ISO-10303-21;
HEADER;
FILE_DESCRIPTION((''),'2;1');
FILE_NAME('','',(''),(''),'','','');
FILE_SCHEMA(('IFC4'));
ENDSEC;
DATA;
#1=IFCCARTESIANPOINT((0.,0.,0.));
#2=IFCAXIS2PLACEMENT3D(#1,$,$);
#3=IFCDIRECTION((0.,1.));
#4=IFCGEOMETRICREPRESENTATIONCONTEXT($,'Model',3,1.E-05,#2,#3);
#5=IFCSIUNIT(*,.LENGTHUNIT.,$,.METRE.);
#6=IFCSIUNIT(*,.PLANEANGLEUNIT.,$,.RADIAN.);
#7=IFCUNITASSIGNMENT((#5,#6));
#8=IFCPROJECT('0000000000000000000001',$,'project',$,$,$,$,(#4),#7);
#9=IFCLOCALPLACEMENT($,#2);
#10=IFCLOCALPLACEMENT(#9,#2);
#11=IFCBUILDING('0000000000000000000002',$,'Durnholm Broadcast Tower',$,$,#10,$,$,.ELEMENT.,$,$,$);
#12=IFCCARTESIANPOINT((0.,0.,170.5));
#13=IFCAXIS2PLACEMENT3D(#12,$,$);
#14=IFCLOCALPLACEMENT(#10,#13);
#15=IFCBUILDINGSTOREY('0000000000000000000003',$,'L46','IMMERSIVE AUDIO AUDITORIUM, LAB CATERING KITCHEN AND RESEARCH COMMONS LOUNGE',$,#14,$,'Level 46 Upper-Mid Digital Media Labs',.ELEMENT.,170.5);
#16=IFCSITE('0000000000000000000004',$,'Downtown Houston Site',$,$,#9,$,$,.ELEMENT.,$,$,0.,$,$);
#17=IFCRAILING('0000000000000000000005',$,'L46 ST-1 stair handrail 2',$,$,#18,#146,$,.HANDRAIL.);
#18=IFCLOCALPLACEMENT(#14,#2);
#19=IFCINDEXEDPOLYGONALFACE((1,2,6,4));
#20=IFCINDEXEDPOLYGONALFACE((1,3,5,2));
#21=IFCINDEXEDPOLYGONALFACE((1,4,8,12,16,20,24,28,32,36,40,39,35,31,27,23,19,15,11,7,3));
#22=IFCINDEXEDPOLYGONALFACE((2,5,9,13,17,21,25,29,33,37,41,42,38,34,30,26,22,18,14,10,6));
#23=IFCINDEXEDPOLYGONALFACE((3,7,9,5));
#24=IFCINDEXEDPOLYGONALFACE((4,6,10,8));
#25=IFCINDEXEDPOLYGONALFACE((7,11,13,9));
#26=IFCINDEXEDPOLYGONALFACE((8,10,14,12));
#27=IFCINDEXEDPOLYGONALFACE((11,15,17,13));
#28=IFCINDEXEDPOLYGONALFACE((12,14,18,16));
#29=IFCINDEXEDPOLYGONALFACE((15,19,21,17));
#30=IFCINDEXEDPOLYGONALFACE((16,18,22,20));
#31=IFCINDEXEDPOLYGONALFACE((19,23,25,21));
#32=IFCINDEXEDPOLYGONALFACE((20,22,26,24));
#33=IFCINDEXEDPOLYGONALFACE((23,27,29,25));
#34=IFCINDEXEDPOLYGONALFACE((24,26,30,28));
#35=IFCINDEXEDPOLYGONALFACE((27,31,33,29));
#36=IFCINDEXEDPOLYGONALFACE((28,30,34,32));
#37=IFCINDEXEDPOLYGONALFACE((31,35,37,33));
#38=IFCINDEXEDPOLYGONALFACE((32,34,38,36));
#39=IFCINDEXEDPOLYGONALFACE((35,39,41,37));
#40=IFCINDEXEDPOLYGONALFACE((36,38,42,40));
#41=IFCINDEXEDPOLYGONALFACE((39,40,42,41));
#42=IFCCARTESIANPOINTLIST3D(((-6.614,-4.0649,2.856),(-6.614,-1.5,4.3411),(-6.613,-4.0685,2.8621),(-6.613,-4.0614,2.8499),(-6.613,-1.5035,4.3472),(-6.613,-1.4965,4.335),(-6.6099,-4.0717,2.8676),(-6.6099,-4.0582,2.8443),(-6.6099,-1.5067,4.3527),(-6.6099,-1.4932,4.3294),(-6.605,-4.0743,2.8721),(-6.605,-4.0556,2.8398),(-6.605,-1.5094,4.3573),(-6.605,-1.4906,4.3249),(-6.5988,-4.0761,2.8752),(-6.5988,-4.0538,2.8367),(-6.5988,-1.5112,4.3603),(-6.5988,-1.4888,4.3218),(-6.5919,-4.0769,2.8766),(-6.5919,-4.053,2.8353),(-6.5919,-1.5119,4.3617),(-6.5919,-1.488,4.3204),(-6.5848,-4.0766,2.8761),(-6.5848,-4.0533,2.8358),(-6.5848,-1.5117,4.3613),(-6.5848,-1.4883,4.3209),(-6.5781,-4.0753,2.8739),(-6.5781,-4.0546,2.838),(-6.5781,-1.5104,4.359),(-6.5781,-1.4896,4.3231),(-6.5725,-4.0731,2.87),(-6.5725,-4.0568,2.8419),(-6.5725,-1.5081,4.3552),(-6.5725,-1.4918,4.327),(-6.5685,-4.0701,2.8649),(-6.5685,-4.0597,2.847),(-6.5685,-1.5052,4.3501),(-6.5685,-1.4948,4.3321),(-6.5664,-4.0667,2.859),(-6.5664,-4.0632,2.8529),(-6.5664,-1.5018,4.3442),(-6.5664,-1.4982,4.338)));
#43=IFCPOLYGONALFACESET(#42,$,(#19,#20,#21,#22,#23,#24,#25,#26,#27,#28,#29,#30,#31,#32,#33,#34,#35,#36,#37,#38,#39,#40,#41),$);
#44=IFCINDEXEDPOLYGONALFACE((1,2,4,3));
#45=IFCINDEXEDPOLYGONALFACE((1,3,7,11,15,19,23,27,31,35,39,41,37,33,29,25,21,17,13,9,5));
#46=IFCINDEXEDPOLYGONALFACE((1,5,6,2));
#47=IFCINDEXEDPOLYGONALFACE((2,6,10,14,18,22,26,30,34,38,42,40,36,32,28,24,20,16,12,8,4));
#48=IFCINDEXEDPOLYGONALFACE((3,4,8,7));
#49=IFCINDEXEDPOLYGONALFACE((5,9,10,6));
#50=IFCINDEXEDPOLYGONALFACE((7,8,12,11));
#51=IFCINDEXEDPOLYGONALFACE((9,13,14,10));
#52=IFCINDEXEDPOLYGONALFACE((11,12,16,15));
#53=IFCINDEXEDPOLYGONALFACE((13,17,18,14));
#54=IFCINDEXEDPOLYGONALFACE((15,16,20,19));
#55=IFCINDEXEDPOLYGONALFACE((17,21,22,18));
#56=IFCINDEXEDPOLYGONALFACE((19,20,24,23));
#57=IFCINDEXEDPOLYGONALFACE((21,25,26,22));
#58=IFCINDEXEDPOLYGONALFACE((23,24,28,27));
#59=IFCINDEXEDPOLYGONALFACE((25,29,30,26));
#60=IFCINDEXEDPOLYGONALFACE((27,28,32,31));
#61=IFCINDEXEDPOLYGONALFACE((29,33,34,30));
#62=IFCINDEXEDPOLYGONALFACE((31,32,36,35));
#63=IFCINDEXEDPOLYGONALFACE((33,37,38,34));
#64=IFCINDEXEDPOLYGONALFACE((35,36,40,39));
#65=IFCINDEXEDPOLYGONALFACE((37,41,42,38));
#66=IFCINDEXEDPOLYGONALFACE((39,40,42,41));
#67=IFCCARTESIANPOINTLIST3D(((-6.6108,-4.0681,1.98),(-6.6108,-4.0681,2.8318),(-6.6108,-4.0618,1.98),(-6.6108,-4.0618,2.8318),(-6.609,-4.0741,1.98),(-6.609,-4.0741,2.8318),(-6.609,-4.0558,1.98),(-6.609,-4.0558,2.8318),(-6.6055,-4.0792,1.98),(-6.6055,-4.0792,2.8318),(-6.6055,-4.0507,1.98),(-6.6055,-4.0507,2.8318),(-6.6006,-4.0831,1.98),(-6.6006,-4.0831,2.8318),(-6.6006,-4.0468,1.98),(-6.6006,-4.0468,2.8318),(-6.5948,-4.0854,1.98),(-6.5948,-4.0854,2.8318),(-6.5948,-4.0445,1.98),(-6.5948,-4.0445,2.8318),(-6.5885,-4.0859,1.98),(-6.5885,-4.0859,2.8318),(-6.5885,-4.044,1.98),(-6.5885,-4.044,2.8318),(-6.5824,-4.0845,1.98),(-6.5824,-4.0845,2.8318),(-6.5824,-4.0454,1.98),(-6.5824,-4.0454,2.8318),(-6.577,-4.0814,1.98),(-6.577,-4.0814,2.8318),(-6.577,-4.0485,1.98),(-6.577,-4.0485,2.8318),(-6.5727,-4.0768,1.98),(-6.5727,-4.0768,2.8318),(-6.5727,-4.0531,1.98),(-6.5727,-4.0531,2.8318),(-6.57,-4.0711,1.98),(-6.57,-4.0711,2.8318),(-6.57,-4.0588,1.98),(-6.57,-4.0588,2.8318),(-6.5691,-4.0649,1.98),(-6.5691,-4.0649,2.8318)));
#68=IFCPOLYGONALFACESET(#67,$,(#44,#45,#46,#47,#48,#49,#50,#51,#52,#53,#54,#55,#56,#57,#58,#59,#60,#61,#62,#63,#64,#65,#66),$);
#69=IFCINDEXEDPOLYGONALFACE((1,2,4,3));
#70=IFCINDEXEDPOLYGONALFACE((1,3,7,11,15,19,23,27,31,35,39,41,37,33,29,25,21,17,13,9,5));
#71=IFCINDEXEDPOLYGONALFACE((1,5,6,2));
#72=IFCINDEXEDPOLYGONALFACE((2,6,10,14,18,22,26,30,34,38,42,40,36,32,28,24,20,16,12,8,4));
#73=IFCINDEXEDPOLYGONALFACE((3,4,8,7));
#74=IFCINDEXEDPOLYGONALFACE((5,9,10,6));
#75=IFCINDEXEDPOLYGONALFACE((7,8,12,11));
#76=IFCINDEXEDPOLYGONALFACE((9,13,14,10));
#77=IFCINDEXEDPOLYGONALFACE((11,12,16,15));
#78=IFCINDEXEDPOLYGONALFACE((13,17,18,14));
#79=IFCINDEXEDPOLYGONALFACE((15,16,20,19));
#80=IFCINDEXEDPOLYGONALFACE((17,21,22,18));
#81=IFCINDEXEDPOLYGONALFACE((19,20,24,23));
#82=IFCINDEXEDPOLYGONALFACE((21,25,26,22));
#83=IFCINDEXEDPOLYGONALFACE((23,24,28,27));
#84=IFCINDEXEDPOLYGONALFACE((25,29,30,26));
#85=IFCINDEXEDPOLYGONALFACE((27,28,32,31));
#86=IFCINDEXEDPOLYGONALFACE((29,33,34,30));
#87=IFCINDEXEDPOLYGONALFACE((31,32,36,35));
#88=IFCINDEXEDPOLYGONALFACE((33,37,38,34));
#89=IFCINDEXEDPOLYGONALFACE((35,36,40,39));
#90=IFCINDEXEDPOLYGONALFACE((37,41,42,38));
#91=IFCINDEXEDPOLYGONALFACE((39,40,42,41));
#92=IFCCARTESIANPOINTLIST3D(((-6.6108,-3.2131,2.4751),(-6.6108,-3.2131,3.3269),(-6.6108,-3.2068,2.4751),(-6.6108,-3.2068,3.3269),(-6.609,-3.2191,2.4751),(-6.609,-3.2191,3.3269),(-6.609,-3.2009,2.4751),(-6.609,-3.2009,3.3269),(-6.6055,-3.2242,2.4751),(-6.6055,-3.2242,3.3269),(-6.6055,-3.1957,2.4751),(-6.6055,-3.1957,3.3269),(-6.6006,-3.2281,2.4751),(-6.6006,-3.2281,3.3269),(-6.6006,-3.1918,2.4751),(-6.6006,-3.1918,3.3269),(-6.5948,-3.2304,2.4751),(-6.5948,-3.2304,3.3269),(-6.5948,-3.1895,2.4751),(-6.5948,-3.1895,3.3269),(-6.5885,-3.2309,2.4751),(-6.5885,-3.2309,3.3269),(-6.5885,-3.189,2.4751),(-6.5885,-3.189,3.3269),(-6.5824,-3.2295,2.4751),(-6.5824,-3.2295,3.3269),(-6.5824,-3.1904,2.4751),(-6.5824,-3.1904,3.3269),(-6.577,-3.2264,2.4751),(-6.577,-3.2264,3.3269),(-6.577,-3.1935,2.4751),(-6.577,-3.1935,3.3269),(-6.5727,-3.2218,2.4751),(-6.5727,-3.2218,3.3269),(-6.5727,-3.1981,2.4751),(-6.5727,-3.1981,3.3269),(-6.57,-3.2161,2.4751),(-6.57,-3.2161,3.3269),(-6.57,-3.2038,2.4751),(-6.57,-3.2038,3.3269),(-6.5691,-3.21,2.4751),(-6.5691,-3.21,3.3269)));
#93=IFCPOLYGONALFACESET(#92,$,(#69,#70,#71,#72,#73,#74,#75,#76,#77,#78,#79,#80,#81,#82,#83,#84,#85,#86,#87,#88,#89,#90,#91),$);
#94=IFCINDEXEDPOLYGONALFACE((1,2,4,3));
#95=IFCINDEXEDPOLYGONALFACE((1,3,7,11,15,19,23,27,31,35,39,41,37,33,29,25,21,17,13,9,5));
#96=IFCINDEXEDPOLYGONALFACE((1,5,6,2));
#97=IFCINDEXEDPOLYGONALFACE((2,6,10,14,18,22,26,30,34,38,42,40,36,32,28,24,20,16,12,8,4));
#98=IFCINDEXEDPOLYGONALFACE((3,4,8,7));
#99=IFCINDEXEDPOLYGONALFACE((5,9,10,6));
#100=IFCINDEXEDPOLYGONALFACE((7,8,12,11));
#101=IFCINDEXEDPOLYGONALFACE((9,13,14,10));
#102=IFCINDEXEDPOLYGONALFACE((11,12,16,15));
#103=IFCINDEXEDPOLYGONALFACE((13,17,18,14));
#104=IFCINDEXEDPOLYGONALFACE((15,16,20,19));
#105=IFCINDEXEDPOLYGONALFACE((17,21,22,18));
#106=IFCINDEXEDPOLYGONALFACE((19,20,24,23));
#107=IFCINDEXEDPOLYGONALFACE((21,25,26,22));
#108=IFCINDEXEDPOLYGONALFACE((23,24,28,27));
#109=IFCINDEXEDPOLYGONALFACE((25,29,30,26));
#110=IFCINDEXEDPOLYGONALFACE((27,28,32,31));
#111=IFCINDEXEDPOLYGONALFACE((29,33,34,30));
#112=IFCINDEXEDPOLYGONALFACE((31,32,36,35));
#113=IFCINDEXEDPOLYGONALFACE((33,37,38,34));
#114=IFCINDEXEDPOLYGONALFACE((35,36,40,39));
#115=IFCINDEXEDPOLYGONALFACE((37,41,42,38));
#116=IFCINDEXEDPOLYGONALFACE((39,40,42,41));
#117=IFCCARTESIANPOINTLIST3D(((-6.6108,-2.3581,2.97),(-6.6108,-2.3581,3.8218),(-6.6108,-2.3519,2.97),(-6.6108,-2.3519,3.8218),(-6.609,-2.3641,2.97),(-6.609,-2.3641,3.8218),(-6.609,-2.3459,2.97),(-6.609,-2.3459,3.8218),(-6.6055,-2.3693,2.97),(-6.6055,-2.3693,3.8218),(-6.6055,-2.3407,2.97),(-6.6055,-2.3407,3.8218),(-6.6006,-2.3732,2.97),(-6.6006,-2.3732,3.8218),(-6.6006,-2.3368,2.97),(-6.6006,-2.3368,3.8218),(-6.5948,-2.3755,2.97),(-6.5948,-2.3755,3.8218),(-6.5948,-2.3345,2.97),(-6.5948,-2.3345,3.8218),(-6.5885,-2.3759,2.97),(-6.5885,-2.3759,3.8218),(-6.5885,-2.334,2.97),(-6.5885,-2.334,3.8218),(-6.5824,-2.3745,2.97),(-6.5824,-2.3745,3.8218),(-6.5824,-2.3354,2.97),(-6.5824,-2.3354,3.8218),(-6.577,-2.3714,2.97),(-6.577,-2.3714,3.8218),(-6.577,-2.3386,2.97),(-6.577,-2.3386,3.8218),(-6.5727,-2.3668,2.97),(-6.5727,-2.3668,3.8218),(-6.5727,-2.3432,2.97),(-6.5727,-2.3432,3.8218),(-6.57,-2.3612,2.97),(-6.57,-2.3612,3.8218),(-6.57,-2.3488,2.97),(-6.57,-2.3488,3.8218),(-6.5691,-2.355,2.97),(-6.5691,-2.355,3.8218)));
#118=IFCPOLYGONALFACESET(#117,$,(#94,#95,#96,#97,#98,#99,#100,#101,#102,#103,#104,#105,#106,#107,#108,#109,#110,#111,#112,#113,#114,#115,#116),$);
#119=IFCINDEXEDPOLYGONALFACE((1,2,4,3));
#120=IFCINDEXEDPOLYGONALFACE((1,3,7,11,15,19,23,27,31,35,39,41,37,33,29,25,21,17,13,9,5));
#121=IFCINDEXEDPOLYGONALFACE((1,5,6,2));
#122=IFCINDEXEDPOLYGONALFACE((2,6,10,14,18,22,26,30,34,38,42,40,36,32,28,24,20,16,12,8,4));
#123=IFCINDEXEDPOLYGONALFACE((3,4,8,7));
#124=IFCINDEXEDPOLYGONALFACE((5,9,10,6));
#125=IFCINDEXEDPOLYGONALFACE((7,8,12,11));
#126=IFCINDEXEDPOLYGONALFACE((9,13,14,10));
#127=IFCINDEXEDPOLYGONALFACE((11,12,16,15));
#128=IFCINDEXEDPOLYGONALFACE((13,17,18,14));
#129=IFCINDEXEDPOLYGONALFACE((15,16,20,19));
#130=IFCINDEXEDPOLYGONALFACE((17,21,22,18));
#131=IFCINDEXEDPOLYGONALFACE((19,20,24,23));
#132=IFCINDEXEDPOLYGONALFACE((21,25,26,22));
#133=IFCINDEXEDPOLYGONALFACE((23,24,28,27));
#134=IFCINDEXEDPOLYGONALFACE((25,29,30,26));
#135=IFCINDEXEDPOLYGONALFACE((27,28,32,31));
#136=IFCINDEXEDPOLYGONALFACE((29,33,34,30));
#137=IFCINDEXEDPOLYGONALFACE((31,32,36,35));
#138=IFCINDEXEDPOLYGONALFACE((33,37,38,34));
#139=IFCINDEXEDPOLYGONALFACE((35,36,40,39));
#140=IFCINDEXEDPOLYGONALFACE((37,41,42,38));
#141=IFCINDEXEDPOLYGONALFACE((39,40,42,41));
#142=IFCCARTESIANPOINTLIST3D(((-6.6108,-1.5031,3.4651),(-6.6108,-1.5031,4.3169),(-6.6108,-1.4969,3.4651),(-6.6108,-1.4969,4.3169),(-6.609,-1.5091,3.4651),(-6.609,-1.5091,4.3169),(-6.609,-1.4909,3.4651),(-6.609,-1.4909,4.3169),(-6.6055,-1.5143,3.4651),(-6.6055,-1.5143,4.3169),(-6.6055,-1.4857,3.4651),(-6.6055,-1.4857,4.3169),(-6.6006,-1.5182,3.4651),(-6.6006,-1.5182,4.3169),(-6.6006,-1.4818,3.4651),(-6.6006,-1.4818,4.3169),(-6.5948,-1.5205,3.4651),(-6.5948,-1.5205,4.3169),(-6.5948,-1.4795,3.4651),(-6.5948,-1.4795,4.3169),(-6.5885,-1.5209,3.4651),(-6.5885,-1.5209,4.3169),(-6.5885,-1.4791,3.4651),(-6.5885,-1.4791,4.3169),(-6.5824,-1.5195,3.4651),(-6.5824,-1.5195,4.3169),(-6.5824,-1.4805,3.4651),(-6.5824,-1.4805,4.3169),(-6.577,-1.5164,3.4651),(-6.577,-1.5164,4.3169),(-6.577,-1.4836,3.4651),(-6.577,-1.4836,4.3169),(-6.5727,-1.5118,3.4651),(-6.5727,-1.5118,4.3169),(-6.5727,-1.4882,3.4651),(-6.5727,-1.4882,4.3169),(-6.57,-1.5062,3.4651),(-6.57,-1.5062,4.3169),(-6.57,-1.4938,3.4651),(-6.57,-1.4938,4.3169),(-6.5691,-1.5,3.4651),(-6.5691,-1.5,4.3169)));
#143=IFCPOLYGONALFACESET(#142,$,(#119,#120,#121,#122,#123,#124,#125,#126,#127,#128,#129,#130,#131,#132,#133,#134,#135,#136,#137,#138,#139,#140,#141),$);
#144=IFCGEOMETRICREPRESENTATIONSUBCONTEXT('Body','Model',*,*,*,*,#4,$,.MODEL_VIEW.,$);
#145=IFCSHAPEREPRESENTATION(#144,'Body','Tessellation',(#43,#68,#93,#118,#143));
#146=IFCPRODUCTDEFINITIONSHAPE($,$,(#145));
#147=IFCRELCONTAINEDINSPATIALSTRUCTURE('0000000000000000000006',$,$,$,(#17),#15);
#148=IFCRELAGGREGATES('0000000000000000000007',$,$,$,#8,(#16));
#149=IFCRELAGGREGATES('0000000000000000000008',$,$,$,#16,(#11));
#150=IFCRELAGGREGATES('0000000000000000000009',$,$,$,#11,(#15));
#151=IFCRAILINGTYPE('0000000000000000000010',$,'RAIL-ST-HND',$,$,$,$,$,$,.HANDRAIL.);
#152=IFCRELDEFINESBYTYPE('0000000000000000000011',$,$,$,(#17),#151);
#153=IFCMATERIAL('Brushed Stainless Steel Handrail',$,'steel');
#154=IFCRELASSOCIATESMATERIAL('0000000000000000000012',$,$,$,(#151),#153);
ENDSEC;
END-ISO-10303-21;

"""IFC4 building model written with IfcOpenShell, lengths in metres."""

from ifc_helpers import new_model, si_unit, direction, frame, origin, origin_2d, place, context, subcontext, project, spatial, circle, extrude, material, type_object, element, save


model = new_model("IFC4")

# Units and contexts
model_context = context("Model", 3, precision=1e-05, world=origin(), true_north=direction((0.0, 1.0)))
body_context = subcontext(model_context, "Body", "Model", "MODEL_VIEW")
ifc_project = project(units=[si_unit("LENGTHUNIT", "METRE"), si_unit("PLANEANGLEUNIT", "RADIAN")], contexts=[model_context])

# Site, building, storey
site_placement = place(None, origin())
site = spatial("IfcSite", under=ifc_project, at=site_placement, Name="Downtown Houston Site", CompositionType="ELEMENT", RefElevation=0.0)
building_placement = place(site_placement, origin())
building = spatial("IfcBuilding", under=site, at=building_placement, Name="Durnholm Broadcast Tower", CompositionType="ELEMENT")
storey_placement = place(building_placement, frame((0.0, 0.0, 170.5)))
storey = spatial("IfcBuildingStorey", under=building, at=storey_placement, Name="L46", Description="IMMERSIVE AUDIO AUDITORIUM, LAB CATERING KITCHEN AND RESEARCH COMMONS LOUNGE", LongName="Level 46 Upper-Mid Digital Media Labs", CompositionType="ELEMENT", Elevation=170.5)

# Railing
ifc_material_1 = material(Name="Brushed Stainless Steel Handrail", Category="steel")
railing_type_1 = type_object("IfcRailingType", Name="RAIL-ST-HND", PredefinedType="HANDRAIL", material=ifc_material_1)
railing_1_placement = place(storey_placement, frame((-6.5901, -4.0649, 1.98)))
element("IfcRailing", 1, at=railing_1_placement, inside=storey, type_object=railing_type_1, Name="L46 ST-1 stair handrail 2", PredefinedType="HANDRAIL", context=body_context, shape_type="SweptSolid", body=[
    extrude(circle(Radius=0.0239, at=origin_2d()), frame((0.0, 0.0, 0.876), z_axis=(0.0, 0.865406, 0.501072), x_axis=(-1.0, 0.0, 0.0)), (0.0, 0.0, 1.0), 2.9639),
    extrude(circle(Radius=0.021, at=origin_2d()), origin(), (0.0, 0.0, 1.0), 0.8518),
    extrude(circle(Radius=0.021, at=origin_2d()), frame((0.0, 0.855, 0.4951)), (0.0, 0.0, 1.0), 0.8518),
    extrude(circle(Radius=0.021, at=origin_2d()), frame((0.0, 1.71, 0.99)), (0.0, 0.0, 1.0), 0.8518),
    extrude(circle(Radius=0.021, at=origin_2d()), frame((0.0, 2.5649, 1.4851)), (0.0, 0.0, 1.0), 0.8518),
])

save(model, "model.ifc")
